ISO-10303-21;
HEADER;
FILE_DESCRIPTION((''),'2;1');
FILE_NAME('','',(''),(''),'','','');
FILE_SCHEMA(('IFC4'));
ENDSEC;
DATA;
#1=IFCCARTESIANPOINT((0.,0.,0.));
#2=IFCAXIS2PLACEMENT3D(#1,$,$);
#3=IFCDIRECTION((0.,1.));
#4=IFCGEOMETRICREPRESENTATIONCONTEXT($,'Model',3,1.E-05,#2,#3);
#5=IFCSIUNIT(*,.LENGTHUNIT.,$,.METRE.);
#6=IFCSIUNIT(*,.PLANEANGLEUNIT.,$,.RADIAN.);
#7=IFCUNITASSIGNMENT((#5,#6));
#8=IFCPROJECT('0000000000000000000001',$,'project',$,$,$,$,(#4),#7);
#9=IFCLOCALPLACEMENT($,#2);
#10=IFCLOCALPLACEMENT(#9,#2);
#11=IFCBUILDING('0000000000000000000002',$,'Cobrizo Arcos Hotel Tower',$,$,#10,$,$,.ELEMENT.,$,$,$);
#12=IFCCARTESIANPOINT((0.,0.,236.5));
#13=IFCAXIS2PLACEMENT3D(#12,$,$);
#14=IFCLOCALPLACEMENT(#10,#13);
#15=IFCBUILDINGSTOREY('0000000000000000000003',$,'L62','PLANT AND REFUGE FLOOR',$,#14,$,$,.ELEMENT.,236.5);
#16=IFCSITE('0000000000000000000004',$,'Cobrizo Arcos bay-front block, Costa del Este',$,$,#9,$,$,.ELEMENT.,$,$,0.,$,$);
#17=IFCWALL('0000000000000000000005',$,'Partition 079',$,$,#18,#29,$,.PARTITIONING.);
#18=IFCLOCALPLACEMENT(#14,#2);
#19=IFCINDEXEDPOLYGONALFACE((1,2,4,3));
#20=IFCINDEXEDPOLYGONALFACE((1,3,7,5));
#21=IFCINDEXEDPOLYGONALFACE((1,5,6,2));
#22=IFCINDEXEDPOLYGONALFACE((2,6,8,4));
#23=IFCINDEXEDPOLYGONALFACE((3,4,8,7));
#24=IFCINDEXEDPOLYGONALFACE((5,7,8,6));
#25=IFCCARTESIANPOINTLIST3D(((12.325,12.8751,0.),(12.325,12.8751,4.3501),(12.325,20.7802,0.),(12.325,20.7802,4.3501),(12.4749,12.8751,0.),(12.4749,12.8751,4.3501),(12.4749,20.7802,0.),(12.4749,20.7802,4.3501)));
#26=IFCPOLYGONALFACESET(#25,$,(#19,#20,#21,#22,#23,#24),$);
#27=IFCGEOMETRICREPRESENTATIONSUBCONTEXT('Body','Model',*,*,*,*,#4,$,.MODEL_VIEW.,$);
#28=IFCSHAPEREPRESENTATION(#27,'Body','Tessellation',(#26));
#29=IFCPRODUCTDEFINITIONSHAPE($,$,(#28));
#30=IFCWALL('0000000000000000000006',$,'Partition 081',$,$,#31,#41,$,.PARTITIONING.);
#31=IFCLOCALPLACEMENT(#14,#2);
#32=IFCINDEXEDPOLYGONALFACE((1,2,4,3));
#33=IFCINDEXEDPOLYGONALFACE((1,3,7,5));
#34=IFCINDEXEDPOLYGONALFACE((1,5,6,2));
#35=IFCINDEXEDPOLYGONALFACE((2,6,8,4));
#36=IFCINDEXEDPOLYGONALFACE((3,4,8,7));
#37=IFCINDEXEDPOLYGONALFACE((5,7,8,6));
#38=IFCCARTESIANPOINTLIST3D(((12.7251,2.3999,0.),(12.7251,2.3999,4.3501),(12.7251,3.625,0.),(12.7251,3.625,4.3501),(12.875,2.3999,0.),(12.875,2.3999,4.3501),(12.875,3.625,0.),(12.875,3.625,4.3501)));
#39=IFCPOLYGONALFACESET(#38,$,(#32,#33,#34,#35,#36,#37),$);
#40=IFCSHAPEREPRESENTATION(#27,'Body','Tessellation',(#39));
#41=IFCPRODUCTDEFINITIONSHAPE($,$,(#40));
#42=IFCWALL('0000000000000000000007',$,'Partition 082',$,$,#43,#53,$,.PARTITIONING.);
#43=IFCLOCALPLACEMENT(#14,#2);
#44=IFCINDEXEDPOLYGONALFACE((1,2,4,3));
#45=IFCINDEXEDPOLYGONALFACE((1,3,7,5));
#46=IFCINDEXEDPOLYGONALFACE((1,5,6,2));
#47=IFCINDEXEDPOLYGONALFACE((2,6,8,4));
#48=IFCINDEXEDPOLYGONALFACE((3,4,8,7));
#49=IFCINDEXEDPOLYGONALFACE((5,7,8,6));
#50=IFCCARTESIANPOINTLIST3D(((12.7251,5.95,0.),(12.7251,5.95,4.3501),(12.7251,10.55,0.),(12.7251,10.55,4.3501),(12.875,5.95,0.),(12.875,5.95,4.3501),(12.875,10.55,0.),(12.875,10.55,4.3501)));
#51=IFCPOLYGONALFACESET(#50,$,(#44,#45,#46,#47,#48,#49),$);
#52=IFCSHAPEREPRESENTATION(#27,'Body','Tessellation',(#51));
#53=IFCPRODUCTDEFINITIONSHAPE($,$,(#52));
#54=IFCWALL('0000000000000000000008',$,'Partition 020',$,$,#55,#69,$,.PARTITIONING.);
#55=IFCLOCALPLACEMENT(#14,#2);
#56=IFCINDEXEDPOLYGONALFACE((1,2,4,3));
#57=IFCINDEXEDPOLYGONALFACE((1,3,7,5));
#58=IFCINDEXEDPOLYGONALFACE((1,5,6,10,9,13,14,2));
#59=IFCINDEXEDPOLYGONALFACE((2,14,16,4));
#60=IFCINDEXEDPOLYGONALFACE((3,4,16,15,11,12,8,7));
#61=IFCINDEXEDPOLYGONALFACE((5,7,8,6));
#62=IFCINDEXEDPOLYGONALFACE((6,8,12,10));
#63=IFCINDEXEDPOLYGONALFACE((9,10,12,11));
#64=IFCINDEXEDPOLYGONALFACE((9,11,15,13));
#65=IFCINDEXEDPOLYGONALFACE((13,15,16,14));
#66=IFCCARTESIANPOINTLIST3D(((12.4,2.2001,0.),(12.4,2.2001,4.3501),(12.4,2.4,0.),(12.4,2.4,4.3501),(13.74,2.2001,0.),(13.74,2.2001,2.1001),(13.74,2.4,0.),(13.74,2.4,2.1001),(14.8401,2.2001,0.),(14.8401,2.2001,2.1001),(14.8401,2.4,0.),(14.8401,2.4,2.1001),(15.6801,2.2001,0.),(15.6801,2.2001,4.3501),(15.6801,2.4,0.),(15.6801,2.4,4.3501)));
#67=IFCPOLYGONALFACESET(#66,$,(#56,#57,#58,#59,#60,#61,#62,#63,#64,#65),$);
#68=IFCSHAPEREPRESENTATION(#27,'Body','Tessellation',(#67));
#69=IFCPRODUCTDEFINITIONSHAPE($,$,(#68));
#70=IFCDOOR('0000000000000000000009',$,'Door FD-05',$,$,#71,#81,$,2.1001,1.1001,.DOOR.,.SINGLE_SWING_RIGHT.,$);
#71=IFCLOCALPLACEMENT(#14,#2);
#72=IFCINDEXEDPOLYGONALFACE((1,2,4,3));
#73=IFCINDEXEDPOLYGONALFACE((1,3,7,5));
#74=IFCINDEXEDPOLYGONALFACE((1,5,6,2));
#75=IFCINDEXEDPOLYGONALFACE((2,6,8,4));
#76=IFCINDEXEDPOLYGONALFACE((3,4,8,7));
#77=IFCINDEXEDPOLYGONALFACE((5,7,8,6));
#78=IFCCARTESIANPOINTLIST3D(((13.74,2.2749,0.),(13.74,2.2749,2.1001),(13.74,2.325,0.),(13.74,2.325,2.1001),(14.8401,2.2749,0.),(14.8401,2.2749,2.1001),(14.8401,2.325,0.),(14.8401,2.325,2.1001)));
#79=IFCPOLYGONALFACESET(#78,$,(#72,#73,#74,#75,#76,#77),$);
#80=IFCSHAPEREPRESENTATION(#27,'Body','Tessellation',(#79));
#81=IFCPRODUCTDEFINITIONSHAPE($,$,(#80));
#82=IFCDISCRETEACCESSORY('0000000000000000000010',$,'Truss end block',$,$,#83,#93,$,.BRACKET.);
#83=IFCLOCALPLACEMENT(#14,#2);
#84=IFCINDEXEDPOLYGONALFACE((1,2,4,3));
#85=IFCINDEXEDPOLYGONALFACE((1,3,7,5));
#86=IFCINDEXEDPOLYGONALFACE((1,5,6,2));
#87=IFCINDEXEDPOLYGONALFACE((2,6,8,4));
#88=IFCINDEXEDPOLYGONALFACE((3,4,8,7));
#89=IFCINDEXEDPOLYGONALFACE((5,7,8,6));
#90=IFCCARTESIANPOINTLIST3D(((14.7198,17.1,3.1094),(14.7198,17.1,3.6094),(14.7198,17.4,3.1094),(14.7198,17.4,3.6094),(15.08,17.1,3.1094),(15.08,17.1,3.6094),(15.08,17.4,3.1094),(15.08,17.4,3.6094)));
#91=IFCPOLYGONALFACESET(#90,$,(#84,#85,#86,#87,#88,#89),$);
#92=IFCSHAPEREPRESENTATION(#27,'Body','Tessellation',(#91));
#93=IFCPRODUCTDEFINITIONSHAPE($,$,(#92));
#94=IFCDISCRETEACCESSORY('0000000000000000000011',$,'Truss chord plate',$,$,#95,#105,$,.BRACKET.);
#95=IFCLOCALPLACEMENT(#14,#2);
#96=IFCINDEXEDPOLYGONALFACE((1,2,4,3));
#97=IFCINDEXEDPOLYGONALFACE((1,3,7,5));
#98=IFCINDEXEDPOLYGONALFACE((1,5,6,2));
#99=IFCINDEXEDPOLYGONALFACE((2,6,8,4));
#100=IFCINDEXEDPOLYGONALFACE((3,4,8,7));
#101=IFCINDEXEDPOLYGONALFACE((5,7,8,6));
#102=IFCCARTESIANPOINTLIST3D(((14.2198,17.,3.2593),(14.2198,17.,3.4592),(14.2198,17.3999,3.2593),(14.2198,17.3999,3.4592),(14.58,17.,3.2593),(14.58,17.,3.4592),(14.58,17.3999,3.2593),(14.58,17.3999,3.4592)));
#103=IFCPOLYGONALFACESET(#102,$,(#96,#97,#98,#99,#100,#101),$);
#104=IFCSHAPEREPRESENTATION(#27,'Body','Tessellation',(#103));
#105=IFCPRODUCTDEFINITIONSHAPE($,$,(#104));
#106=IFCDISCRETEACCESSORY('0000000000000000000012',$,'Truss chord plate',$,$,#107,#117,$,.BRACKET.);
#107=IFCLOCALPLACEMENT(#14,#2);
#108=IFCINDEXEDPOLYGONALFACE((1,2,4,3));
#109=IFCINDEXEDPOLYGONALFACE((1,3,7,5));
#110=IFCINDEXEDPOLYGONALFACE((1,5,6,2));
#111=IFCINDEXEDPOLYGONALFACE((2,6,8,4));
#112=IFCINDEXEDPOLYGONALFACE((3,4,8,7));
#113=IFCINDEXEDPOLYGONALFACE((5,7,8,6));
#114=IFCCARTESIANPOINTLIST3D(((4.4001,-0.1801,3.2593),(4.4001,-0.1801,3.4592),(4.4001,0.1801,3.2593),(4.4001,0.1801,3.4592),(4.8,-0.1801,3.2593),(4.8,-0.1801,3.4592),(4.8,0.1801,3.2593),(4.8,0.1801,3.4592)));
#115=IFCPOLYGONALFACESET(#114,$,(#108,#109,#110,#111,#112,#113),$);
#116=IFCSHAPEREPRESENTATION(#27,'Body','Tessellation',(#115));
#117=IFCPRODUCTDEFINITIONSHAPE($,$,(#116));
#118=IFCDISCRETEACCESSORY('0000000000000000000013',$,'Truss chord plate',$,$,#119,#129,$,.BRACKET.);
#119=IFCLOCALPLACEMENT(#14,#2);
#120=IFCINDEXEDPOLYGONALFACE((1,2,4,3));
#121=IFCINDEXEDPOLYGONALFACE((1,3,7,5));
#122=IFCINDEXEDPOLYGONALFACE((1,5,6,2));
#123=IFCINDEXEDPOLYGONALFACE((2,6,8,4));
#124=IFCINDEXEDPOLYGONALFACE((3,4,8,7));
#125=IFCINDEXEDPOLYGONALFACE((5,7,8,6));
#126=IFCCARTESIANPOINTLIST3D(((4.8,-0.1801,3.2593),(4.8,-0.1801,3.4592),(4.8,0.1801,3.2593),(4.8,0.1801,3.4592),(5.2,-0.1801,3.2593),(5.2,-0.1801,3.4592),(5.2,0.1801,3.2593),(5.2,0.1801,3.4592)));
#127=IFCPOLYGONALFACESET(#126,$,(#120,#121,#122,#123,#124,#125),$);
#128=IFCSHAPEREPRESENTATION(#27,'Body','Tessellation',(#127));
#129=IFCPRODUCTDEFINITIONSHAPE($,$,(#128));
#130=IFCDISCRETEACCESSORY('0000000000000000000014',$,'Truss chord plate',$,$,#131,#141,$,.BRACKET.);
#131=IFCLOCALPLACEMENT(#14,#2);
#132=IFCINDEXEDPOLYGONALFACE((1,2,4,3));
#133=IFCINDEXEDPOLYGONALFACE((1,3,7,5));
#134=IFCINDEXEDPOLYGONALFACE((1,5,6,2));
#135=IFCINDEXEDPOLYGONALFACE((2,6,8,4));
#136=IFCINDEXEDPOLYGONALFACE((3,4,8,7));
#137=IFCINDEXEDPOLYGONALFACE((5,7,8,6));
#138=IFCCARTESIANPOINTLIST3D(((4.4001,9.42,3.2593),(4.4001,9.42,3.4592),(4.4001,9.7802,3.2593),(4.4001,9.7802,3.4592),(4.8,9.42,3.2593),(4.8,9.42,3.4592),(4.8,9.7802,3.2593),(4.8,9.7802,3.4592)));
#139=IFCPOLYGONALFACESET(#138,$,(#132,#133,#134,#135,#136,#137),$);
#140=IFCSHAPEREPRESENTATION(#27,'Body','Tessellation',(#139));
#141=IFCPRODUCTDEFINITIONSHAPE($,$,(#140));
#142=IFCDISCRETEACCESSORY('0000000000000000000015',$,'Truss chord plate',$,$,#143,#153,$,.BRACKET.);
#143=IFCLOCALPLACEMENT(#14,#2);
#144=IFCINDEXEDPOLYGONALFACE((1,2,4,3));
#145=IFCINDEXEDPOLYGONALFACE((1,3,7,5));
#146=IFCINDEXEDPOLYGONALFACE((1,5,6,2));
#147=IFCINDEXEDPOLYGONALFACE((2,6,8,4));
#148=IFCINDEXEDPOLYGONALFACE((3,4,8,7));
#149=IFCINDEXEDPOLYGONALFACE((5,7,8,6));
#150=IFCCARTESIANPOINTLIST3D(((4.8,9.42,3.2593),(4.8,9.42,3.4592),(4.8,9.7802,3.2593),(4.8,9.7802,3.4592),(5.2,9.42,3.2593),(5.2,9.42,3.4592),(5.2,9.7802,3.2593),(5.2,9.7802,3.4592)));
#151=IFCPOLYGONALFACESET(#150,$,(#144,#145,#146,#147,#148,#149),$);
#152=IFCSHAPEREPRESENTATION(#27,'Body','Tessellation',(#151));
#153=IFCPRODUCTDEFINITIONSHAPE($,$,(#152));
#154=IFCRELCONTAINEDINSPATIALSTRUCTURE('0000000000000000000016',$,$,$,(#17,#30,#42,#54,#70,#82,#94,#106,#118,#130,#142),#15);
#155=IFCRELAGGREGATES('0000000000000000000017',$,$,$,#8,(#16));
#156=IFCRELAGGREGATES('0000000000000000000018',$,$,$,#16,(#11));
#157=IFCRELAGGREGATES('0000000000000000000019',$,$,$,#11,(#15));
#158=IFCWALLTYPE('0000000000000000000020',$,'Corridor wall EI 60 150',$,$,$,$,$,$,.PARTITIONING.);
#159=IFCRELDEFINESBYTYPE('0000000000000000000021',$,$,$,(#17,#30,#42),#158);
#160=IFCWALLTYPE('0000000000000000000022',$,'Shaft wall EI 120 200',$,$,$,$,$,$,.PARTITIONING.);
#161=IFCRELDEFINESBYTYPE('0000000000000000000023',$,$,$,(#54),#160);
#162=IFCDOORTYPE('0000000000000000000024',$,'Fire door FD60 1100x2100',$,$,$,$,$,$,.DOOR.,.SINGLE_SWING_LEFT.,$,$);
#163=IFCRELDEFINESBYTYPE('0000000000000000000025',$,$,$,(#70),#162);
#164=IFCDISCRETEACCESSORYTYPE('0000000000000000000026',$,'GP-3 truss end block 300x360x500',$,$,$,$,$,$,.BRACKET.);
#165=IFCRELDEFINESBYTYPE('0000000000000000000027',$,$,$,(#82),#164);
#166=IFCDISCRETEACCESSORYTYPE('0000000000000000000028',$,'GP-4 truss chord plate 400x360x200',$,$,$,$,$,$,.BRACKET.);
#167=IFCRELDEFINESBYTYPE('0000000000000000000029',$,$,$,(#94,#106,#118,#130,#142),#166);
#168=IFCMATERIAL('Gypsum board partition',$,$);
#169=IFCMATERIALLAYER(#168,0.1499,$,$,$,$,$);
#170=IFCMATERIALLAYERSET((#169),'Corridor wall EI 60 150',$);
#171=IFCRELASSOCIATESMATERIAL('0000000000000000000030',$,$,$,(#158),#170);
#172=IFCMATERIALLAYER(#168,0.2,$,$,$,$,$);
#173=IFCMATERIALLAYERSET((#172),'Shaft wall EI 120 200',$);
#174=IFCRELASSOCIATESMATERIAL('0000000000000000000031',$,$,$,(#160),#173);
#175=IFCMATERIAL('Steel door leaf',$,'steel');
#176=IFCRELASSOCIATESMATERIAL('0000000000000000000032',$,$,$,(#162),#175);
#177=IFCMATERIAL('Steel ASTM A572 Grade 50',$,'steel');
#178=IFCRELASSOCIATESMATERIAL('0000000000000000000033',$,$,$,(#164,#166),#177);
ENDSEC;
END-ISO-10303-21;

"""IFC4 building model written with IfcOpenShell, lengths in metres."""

from ifc_helpers import new_model, si_unit, direction, frame, frame_2d, origin, origin_2d, place, context, subcontext, project, spatial, rectangle, extrude, material, layer, layer_set, type_object, element, fill, save


model = new_model("IFC4")

# Units and contexts
model_context = context("Model", 3, precision=1e-05, world=origin(), true_north=direction((0.0, 1.0)))
body_context = subcontext(model_context, "Body", "Model", "MODEL_VIEW")
ifc_project = project(units=[si_unit("LENGTHUNIT", "METRE"), si_unit("PLANEANGLEUNIT", "RADIAN")], contexts=[model_context])

# Site, building, storey
site_placement = place(None, origin())
site = spatial("IfcSite", under=ifc_project, at=site_placement, Name="Cobrizo Arcos bay-front block, Costa del Este", CompositionType="ELEMENT", RefElevation=0.0)
building_placement = place(site_placement, origin())
building = spatial("IfcBuilding", under=site, at=building_placement, Name="Cobrizo Arcos Hotel Tower", CompositionType="ELEMENT")
storey_placement = place(building_placement, frame((0.0, 0.0, 236.5)))
storey = spatial("IfcBuildingStorey", under=building, at=storey_placement, Name="L62", Description="PLANT AND REFUGE FLOOR", CompositionType="ELEMENT", Elevation=236.5)

# Shared definitions
ifc_material_1 = material(Name="Gypsum board partition")
ifc_layer_1 = layer(ifc_material_1, 0.1499)
ifc_layer_set_1 = layer_set([ifc_layer_1], Name="Corridor wall EI 60 150")
wall_type_1 = type_object("IfcWallType", Name="Corridor wall EI 60 150", PredefinedType="PARTITIONING", material=ifc_layer_set_1)

# Walls
wall_1_placement = place(storey_placement, frame((12.3999, 12.875, 0.0), z_axis=(0.0, 0.0, 1.0), x_axis=(0.0, 1.0, 0.0)))
element("IfcWall", 1, at=wall_1_placement, inside=storey, type_object=wall_type_1, Name="Partition 079", PredefinedType="PARTITIONING", context=body_context, shape_type="SweptSolid", body=[
    extrude(rectangle(XDim=7.905, YDim=0.1499, at=frame_2d((3.9526, 0.0))), origin(), (0.0, 0.0, 1.0), 4.3501),
])
wall_2_placement = place(storey_placement, frame((12.8, 2.3999, 0.0), z_axis=(0.0, 0.0, 1.0), x_axis=(0.0, 1.0, 0.0)))
element("IfcWall", 2, at=wall_2_placement, inside=storey, type_object=wall_type_1, Name="Partition 081", PredefinedType="PARTITIONING", context=body_context, shape_type="SweptSolid", body=[
    extrude(rectangle(XDim=1.2251, YDim=0.1499, at=frame_2d((0.6125, 0.0))), origin(), (0.0, 0.0, 1.0), 4.3501),
])
wall_3_placement = place(storey_placement, frame((12.8, 5.95, 0.0), z_axis=(0.0, 0.0, 1.0), x_axis=(0.0, 1.0, 0.0)))
element("IfcWall", 3, at=wall_3_placement, inside=storey, type_object=wall_type_1, Name="Partition 082", PredefinedType="PARTITIONING", context=body_context, shape_type="SweptSolid", body=[
    extrude(rectangle(XDim=4.6001, YDim=0.1499, at=frame_2d((2.3, 0.0))), origin(), (0.0, 0.0, 1.0), 4.3501),
])

# Wall, opening, door
ifc_layer_2 = layer(ifc_material_1, 0.2)
ifc_layer_set_2 = layer_set([ifc_layer_2], Name="Shaft wall EI 120 200")
wall_type_2 = type_object("IfcWallType", Name="Shaft wall EI 120 200", PredefinedType="PARTITIONING", material=ifc_layer_set_2)
wall_4_placement = place(storey_placement, frame((12.3999, 2.3, 0.0), z_axis=(0.0, 0.0, 1.0), x_axis=(1.0, 0.0, 0.0)))
wall_4 = element("IfcWall", 4, at=wall_4_placement, inside=storey, type_object=wall_type_2, Name="Partition 020", PredefinedType="PARTITIONING", context=body_context, shape_type="SweptSolid", body=[
    extrude(rectangle(XDim=3.28, YDim=0.2, at=frame_2d((1.6401, 0.0))), origin(), (0.0, 0.0, 1.0), 4.3501),
])
opening_1_placement = place(wall_4_placement, frame((1.3401, 0.0, 0.0)))
opening_1 = element("IfcOpeningElement", 5, at=opening_1_placement, cuts=wall_4, PredefinedType="OPENING", context=body_context, shape_type="SweptSolid", body=[
    extrude(rectangle(XDim=1.1001, YDim=2.1001, at=frame_2d((0.55, 1.05))), frame((0.0, 0.1121, 0.0), z_axis=(0.0, -1.0, 0.0), x_axis=(1.0, 0.0, 0.0)), (0.0, 0.0, 1.0), 0.2239),
])
ifc_material_2 = material(Name="Steel door leaf", Category="steel")
door_type_1 = type_object("IfcDoorType", Name="Fire door FD60 1100x2100", OperationType="SINGLE_SWING_LEFT", PredefinedType="DOOR", material=ifc_material_2)
door_1_placement = place(opening_1_placement, origin())
door_1 = element("IfcDoor", 6, at=door_1_placement, inside=storey, type_object=door_type_1, Name="Door FD-05", OperationType="SINGLE_SWING_RIGHT", OverallHeight=2.1001, OverallWidth=1.1001, PredefinedType="DOOR", context=body_context, shape_type="SweptSolid", body=[
    extrude(rectangle(XDim=1.1001, YDim=2.1001, at=frame_2d((0.55, 1.05))), frame((0.0, 0.0249, 0.0), z_axis=(0.0, -1.0, 0.0), x_axis=(1.0, 0.0, 0.0)), (0.0, 0.0, 1.0), 0.05),
])
fill(opening_1, door_1)

# Discrete accessories
ifc_material_3 = material(Name="Steel ASTM A572 Grade 50", Category="steel")
discrete_accessory_type_1 = type_object("IfcDiscreteAccessoryType", Name="GP-3 truss end block 300x360x500", PredefinedType="BRACKET", material=ifc_material_3)
discrete_accessory_placement = place(storey_placement, frame((14.8999, 17.25, 3.1094), z_axis=(0.0, 0.0, 1.0), x_axis=(0.0, -1.0, 0.0)))
element("IfcDiscreteAccessory", 7, at=discrete_accessory_placement, inside=storey, type_object=discrete_accessory_type_1, Name="Truss end block", PredefinedType="BRACKET", context=body_context, shape_type="SweptSolid", body=[
    extrude(rectangle(XDim=0.3, YDim=0.3601, at=origin_2d()), origin(), (0.0, 0.0, 1.0), 0.5),
])
discrete_accessory_type_2 = type_object("IfcDiscreteAccessoryType", Name="GP-4 truss chord plate 400x360x200", PredefinedType="BRACKET", material=ifc_material_3)
for number, where, z_axis, x_axis, name in (
    (8, (14.3999, 17.2, 3.2593), (0.0, 0.0, 1.0), (0.0, 1.0, 0.0), "Truss chord plate"),
    (9, (4.6001, 0.0, 3.2593), (0.0, 0.0, 1.0), (1.0, 0.0, 0.0), "Truss chord plate"),
    (10, (5.0, 0.0, 3.2593), (0.0, 0.0, 1.0), (1.0, 0.0, 0.0), "Truss chord plate"),
    (11, (4.6001, 9.6001, 3.2593), (0.0, 0.0, 1.0), (1.0, 0.0, 0.0), "Truss chord plate"),
    (12, (5.0, 9.6001, 3.2593), (0.0, 0.0, 1.0), (1.0, 0.0, 0.0), "Truss chord plate"),
):
    element("IfcDiscreteAccessory", number, at=place(storey_placement, frame(where, z_axis=z_axis, x_axis=x_axis)), inside=storey, type_object=discrete_accessory_type_2, Name=name, PredefinedType="BRACKET", context=body_context, shape_type="SweptSolid", body=[
        extrude(rectangle(XDim=0.3999, YDim=0.3601, at=origin_2d()), origin(), (0.0, 0.0, 1.0), 0.2),
    ])

save(model, "model.ifc")
